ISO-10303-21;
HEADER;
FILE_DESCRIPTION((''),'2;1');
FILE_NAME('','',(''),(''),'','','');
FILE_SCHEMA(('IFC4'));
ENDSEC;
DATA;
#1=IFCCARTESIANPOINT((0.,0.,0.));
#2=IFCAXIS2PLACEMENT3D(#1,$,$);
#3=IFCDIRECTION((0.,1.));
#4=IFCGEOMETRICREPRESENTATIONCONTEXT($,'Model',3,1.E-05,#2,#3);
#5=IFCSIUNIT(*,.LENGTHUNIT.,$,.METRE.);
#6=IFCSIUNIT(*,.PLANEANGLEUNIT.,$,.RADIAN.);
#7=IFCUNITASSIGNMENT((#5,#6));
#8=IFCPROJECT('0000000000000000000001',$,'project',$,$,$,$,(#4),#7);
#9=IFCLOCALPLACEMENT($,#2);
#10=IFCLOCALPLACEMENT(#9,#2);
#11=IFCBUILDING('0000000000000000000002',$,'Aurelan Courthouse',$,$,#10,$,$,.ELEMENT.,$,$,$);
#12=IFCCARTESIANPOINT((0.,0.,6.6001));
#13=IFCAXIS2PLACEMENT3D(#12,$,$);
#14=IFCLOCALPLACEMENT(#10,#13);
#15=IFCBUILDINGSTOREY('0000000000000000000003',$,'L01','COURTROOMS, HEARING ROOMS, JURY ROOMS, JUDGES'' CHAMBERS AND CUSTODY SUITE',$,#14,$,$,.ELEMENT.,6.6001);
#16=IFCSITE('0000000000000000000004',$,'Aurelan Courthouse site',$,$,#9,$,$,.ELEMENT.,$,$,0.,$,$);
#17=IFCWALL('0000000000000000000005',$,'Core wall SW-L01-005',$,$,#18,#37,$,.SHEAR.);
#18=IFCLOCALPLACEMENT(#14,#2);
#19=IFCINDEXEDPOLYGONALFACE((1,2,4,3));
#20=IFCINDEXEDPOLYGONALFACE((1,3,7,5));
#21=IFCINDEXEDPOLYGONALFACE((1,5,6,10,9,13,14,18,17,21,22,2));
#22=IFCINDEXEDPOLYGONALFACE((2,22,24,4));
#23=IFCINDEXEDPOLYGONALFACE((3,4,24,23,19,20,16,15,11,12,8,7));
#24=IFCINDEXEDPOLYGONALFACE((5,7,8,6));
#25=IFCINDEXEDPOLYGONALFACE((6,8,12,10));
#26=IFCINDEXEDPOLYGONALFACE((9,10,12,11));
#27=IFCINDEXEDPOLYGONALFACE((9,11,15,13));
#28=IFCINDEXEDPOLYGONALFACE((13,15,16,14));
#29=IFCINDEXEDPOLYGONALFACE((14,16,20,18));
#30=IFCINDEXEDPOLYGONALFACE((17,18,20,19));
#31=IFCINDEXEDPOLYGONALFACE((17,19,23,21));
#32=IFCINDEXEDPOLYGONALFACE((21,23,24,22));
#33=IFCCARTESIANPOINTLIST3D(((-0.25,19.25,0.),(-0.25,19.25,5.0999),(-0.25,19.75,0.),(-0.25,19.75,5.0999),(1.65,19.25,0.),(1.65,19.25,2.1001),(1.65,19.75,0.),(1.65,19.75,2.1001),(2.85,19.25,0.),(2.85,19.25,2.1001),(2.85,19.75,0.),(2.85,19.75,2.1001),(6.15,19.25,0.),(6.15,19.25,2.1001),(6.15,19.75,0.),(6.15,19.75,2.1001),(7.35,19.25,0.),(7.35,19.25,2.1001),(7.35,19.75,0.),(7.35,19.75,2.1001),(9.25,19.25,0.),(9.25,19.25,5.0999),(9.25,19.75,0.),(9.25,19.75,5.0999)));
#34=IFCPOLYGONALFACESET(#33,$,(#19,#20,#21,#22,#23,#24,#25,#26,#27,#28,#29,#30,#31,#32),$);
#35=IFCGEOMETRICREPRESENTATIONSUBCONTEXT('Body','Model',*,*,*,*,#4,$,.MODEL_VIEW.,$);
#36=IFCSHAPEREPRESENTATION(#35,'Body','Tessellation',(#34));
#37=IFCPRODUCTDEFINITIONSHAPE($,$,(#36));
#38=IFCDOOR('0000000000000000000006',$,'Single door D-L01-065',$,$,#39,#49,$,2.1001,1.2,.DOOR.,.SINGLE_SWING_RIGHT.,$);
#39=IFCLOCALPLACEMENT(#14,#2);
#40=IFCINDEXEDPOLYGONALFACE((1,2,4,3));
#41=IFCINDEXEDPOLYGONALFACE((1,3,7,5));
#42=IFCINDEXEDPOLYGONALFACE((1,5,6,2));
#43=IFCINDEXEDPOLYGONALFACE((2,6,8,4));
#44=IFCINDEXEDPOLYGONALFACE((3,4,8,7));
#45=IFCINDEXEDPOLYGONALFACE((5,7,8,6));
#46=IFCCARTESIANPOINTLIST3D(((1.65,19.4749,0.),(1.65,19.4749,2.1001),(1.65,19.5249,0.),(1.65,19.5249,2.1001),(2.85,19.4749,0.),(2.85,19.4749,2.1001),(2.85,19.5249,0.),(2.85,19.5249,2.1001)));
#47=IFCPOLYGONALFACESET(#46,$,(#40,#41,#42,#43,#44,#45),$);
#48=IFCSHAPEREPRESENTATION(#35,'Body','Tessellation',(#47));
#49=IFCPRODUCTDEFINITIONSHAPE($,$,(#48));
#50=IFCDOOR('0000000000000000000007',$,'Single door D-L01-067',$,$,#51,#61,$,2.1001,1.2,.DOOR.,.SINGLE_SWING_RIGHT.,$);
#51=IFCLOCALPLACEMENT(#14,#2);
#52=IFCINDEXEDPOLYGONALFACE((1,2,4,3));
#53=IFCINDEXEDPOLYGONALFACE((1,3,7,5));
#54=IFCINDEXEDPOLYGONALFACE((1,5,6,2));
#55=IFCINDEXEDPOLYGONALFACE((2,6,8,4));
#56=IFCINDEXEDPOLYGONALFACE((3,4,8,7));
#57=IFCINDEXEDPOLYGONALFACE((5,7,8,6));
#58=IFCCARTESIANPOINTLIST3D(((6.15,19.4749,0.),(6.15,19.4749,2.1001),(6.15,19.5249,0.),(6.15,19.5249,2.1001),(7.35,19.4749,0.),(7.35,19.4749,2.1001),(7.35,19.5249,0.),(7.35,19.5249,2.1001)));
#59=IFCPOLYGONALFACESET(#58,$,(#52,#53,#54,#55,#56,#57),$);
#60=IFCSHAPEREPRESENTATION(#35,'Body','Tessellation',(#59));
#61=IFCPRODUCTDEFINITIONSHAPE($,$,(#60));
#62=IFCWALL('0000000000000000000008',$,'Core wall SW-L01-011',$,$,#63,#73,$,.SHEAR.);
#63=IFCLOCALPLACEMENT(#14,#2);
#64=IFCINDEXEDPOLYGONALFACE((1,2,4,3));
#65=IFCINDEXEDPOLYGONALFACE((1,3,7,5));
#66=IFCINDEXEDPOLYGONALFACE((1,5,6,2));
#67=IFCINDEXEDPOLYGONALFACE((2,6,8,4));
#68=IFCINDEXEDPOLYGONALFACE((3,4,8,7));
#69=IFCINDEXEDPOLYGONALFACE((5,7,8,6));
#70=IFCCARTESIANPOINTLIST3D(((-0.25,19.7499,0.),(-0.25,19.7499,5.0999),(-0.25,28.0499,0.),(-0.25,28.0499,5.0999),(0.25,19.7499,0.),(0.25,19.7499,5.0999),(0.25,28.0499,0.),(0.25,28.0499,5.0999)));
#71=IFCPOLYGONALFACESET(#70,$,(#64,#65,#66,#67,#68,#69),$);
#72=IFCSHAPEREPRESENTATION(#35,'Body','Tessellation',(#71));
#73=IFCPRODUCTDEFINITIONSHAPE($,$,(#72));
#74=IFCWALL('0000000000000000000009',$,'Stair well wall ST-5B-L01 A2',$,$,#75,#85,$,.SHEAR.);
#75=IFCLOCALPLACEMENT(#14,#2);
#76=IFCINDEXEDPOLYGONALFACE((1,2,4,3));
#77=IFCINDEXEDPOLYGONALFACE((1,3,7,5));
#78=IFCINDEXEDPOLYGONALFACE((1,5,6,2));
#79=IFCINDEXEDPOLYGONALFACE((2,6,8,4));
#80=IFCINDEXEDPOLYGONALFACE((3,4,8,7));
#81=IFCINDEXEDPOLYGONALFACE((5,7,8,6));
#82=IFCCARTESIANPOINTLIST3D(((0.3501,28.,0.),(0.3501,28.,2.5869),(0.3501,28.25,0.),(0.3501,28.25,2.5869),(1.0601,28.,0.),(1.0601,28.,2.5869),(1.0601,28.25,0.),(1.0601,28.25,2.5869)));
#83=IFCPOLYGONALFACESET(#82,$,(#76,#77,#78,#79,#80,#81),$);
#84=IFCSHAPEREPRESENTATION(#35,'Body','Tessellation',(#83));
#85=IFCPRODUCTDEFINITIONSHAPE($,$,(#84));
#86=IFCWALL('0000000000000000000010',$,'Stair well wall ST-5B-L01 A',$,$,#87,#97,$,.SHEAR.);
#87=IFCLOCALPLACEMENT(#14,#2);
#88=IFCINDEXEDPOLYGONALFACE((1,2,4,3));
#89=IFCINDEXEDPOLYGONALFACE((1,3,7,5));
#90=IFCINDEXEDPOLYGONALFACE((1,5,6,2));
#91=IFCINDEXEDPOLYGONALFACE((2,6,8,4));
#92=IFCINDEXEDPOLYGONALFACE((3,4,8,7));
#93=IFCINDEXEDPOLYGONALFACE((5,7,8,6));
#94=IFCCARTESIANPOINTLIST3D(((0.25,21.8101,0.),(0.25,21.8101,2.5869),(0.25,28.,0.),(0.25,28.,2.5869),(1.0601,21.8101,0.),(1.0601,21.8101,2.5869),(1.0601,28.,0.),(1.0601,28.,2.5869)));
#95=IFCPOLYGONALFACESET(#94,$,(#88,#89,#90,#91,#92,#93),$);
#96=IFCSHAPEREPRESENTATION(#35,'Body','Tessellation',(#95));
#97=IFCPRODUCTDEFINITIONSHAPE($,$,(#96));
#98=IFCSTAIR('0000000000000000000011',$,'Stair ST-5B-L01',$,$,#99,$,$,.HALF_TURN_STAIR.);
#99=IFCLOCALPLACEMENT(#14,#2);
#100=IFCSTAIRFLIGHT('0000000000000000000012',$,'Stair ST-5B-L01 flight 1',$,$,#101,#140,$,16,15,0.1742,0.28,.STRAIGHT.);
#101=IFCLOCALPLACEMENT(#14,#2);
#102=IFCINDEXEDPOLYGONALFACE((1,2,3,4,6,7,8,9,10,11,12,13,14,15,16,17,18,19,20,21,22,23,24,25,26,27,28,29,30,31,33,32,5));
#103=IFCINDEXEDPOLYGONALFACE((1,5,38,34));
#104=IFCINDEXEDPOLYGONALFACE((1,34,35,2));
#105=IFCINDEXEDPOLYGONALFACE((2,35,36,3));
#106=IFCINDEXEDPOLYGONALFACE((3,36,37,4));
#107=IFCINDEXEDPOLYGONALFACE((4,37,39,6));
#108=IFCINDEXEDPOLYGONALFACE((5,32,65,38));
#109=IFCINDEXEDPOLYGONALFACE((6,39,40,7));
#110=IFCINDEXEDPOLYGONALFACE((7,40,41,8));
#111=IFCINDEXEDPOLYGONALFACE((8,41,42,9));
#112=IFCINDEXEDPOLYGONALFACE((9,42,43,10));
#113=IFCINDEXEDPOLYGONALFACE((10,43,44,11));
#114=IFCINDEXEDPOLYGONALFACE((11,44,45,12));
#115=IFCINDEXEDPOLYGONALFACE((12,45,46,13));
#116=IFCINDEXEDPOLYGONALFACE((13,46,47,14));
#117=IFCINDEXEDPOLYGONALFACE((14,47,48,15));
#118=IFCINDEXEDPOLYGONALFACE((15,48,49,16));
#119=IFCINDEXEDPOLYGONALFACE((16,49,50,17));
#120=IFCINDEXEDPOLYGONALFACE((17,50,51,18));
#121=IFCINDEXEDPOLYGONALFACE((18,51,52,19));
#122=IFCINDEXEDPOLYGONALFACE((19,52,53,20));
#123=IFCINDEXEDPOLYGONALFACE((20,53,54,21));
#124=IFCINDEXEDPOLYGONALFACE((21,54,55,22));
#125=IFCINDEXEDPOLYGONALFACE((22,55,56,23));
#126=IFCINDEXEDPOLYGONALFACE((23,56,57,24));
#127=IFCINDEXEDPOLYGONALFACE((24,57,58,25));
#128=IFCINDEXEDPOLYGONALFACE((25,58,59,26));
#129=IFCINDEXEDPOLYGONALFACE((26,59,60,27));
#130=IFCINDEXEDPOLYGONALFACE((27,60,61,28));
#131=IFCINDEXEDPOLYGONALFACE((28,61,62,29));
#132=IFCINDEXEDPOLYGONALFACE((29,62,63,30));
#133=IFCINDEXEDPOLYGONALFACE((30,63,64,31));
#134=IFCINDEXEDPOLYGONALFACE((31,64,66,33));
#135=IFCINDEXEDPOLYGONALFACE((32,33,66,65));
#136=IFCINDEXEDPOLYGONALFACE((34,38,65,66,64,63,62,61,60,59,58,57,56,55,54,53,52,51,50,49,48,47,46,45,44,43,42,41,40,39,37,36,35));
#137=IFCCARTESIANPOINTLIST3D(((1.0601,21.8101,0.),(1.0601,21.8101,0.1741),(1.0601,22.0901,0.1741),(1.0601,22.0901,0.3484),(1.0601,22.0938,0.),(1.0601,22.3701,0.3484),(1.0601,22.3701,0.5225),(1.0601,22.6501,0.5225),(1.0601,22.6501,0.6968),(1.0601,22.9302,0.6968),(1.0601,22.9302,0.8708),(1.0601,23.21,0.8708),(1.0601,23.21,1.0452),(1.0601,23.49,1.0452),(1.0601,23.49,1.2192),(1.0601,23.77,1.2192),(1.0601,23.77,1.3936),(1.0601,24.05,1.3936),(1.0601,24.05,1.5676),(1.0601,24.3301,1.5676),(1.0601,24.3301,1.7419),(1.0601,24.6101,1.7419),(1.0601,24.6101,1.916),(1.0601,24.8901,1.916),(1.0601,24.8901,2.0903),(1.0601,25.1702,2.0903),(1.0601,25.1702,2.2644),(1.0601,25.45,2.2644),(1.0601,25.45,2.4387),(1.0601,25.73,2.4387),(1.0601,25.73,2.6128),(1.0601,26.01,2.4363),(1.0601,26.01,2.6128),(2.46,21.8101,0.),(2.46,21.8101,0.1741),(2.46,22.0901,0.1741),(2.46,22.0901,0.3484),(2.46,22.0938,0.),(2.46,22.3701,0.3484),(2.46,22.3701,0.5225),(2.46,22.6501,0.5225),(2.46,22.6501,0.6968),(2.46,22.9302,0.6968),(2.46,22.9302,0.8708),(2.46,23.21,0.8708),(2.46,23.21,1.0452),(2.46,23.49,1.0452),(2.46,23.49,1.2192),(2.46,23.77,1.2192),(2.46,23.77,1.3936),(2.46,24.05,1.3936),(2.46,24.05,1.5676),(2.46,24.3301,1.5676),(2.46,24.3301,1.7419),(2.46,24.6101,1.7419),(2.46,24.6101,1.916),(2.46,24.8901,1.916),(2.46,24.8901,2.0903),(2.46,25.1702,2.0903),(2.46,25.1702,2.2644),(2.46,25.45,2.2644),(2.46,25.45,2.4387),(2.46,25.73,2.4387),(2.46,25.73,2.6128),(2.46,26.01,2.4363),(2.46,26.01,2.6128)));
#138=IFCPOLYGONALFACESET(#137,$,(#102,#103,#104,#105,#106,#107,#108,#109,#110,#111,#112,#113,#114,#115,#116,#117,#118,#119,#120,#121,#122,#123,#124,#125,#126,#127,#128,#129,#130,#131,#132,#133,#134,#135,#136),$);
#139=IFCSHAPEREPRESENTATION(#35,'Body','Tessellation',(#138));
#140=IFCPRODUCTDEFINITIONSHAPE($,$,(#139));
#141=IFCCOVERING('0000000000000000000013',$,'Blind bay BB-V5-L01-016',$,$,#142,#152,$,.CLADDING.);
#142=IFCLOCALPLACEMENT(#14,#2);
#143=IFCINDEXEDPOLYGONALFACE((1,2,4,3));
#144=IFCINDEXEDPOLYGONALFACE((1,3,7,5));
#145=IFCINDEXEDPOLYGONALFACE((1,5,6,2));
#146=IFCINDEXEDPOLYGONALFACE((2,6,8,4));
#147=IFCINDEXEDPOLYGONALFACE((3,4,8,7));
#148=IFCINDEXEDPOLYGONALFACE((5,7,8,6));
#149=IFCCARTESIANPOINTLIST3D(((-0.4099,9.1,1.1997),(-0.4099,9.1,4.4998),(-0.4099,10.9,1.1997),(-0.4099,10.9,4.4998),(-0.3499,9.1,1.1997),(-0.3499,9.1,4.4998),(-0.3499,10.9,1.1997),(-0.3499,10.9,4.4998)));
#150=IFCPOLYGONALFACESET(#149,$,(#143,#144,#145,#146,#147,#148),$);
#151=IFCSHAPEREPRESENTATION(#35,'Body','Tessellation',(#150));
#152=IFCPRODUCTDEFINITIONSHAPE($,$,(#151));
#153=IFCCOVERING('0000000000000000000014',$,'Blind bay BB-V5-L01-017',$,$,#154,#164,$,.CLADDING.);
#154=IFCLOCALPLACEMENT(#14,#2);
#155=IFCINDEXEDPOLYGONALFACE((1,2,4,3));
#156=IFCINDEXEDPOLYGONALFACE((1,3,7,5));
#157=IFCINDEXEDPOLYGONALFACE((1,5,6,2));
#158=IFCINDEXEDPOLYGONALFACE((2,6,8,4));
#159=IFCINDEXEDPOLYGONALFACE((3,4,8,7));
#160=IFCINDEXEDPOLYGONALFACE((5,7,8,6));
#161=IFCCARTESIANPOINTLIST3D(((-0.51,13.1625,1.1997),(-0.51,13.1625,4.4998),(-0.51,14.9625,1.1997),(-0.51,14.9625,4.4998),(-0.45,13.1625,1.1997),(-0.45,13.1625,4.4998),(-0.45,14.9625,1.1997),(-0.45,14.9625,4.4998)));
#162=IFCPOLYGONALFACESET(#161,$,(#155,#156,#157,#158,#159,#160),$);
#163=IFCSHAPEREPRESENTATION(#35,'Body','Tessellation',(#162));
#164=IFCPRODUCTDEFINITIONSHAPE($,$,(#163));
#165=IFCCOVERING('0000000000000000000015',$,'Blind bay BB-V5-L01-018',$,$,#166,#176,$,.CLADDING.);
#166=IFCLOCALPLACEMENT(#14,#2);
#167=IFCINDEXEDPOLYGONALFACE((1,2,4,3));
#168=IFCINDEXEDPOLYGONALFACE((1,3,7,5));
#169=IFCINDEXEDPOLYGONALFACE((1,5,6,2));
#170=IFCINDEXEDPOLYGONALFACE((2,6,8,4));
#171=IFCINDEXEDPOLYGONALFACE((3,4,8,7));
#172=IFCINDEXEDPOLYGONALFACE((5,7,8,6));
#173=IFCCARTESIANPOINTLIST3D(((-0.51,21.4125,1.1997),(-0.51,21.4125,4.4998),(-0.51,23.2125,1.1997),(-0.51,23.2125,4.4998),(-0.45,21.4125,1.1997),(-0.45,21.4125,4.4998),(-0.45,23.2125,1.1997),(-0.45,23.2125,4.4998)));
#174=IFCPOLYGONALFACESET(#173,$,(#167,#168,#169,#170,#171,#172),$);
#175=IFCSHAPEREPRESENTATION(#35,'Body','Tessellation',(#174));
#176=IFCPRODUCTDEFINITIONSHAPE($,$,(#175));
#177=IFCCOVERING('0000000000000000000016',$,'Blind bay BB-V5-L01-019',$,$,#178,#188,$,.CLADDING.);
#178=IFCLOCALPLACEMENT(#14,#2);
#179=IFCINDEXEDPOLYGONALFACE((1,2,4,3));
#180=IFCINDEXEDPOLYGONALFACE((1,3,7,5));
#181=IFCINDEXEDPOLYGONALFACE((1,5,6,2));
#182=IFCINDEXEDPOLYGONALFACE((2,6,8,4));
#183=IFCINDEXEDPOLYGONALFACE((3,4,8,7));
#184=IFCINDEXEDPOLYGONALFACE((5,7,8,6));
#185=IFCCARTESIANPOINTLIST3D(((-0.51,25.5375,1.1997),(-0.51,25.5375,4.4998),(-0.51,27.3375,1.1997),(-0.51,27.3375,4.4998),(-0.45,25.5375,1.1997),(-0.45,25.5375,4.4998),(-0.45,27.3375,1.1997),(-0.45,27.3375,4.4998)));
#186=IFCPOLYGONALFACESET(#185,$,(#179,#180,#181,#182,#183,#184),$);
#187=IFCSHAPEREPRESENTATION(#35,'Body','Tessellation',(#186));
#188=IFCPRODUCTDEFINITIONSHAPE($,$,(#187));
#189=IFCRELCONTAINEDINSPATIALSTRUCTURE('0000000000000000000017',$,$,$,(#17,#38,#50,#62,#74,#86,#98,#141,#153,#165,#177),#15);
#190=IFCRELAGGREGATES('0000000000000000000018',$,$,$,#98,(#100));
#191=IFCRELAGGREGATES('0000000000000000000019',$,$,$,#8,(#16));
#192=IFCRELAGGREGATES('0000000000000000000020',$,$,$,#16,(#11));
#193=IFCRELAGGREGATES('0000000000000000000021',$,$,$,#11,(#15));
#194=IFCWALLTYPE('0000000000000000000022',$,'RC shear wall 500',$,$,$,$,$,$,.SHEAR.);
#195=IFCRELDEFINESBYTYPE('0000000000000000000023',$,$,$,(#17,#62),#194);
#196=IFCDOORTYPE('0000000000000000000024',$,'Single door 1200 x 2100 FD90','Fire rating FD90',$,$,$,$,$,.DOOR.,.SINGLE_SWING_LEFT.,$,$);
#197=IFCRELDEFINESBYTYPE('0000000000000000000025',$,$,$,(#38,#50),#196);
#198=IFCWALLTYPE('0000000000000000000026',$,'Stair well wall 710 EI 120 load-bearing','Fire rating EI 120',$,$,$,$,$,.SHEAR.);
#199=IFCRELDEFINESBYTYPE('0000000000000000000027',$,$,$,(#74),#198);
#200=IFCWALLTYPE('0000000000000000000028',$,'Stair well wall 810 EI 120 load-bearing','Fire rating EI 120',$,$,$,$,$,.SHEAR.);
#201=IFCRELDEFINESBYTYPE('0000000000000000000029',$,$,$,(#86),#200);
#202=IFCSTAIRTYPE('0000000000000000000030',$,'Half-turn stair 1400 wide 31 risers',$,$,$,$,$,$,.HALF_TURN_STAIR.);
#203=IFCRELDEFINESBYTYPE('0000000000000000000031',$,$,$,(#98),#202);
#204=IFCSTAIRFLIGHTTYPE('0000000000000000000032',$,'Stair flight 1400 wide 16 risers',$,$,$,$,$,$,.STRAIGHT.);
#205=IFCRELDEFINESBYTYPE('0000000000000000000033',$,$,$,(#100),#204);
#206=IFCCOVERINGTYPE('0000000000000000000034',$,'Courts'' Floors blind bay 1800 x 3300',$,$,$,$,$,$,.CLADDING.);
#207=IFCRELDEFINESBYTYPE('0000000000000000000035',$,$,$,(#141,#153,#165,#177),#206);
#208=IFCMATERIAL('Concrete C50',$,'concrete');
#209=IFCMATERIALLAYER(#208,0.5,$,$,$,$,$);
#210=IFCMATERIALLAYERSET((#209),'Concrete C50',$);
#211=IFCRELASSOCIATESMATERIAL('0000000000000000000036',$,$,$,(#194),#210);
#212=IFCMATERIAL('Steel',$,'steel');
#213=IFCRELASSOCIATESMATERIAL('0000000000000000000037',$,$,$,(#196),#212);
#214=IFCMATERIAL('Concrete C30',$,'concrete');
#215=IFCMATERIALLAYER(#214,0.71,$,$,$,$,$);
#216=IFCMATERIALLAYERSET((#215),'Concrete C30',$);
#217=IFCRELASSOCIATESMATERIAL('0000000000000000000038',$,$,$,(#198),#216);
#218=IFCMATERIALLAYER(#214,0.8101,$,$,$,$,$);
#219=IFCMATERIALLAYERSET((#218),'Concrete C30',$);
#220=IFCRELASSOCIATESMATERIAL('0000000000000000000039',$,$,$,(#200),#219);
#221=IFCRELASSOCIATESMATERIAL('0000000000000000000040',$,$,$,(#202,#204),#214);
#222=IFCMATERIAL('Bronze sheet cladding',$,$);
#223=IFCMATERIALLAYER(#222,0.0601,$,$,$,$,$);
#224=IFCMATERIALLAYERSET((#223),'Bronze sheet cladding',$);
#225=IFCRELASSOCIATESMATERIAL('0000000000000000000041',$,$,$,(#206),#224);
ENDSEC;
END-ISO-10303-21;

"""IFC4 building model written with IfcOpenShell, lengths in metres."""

from ifc_helpers import new_model, si_unit, direction, frame, frame_2d, origin, origin_2d, place, context, subcontext, project, spatial, polyline, rectangle, outline, extrude, material, layer, layer_set, type_object, element, fill, aggregate, save


model = new_model("IFC4")

# Units and contexts
model_context = context("Model", 3, precision=1e-05, world=origin(), true_north=direction((0.0, 1.0)))
body_context = subcontext(model_context, "Body", "Model", "MODEL_VIEW")
ifc_project = project(units=[si_unit("LENGTHUNIT", "METRE"), si_unit("PLANEANGLEUNIT", "RADIAN")], contexts=[model_context])

# Site, building, storey
site_placement = place(None, origin())
site = spatial("IfcSite", under=ifc_project, at=site_placement, Name="Aurelan Courthouse site", CompositionType="ELEMENT", RefElevation=0.0)
building_placement = place(site_placement, origin())
building = spatial("IfcBuilding", under=site, at=building_placement, Name="Aurelan Courthouse", CompositionType="ELEMENT")
storey_placement = place(building_placement, frame((0.0, 0.0, 6.6001)))
storey = spatial("IfcBuildingStorey", under=building, at=storey_placement, Name="L01", Description="COURTROOMS, HEARING ROOMS, JURY ROOMS, JUDGES' CHAMBERS AND CUSTODY SUITE", CompositionType="ELEMENT", Elevation=6.6001)

# Shared definitions
ifc_material_1 = material(Name="Concrete C50", Category="concrete")

# Shared definitions
ifc_material_2 = material(Name="Steel", Category="steel")

# Shared definitions
ifc_material_3 = material(Name="Concrete C30", Category="concrete")

# Wall, openings, doors
ifc_layer_1 = layer(ifc_material_1, 0.5)
ifc_layer_set_1 = layer_set([ifc_layer_1], Name="Concrete C50")
wall_type_1 = type_object("IfcWallType", Name="RC shear wall 500", PredefinedType="SHEAR", material=ifc_layer_set_1)
wall_1_placement = place(storey_placement, frame((-0.25, 19.5, 0.0), z_axis=(0.0, 0.0, 1.0), x_axis=(1.0, 0.0, 0.0)))
wall_1 = element("IfcWall", 1, at=wall_1_placement, inside=storey, type_object=wall_type_1, Name="Core wall SW-L01-005", PredefinedType="SHEAR", context=body_context, shape_type="SweptSolid", body=[
    extrude(rectangle(XDim=9.5, YDim=0.5, at=frame_2d((4.75, 0.0))), origin(), (0.0, 0.0, 1.0), 5.0999),
])
opening_1_placement = place(wall_1_placement, frame((1.8999, 0.0, 0.0)))
opening_1 = element("IfcOpeningElement", 2, at=opening_1_placement, cuts=wall_1, PredefinedType="OPENING", context=body_context, shape_type="SweptSolid", body=[
    extrude(rectangle(XDim=1.2, YDim=2.1001, at=frame_2d((0.6001, 1.05))), frame((0.0, 0.26, 0.0), z_axis=(0.0, -1.0, 0.0), x_axis=(1.0, 0.0, 0.0)), (0.0, 0.0, 1.0), 0.52),
])
opening_2_placement = place(wall_1_placement, frame((6.3999, 0.0, 0.0)))
opening_2 = element("IfcOpeningElement", 3, at=opening_2_placement, cuts=wall_1, PredefinedType="OPENING", context=body_context, shape_type="SweptSolid", body=[
    extrude(rectangle(XDim=1.2, YDim=2.1001, at=frame_2d((0.6001, 1.05))), frame((0.0, 0.26, 0.0), z_axis=(0.0, -1.0, 0.0), x_axis=(1.0, 0.0, 0.0)), (0.0, 0.0, 1.0), 0.52),
])
door_type_1 = type_object("IfcDoorType", Name="Single door 1200 x 2100 FD90", Description="Fire rating FD90", OperationType="SINGLE_SWING_LEFT", PredefinedType="DOOR", material=ifc_material_2)
door_1_placement = place(opening_1_placement, origin())
door_1 = element("IfcDoor", 4, at=door_1_placement, inside=storey, type_object=door_type_1, Name="Single door D-L01-065", OperationType="SINGLE_SWING_RIGHT", OverallHeight=2.1001, OverallWidth=1.2, PredefinedType="DOOR", context=body_context, shape_type="SweptSolid", body=[
    extrude(rectangle(XDim=1.2, YDim=2.1001, at=frame_2d((0.6001, 1.05))), frame((0.0, 0.0249, 0.0), z_axis=(0.0, -1.0, 0.0), x_axis=(1.0, 0.0, 0.0)), (0.0, 0.0, 1.0), 0.05),
])
fill(opening_1, door_1)
door_2_placement = place(opening_2_placement, origin())
door_2 = element("IfcDoor", 5, at=door_2_placement, inside=storey, type_object=door_type_1, Name="Single door D-L01-067", OperationType="SINGLE_SWING_RIGHT", OverallHeight=2.1001, OverallWidth=1.2, PredefinedType="DOOR", context=body_context, shape_type="SweptSolid", body=[
    extrude(rectangle(XDim=1.2, YDim=2.1001, at=frame_2d((0.6001, 1.05))), frame((0.0, 0.0249, 0.0), z_axis=(0.0, -1.0, 0.0), x_axis=(1.0, 0.0, 0.0)), (0.0, 0.0, 1.0), 0.05),
])
fill(opening_2, door_2)

# Walls
wall_2_placement = place(storey_placement, frame((0.0, 19.75, 0.0), z_axis=(0.0, 0.0, 1.0), x_axis=(0.0, 1.0, 0.0)))
element("IfcWall", 6, at=wall_2_placement, inside=storey, type_object=wall_type_1, Name="Core wall SW-L01-011", PredefinedType="SHEAR", context=body_context, shape_type="SweptSolid", body=[
    extrude(rectangle(XDim=8.3, YDim=0.5, at=frame_2d((4.1499, 0.0))), origin(), (0.0, 0.0, 1.0), 5.0999),
])
ifc_layer_2 = layer(ifc_material_3, 0.71)
ifc_layer_set_2 = layer_set([ifc_layer_2], Name="Concrete C30")
wall_type_2 = type_object("IfcWallType", Name="Stair well wall 710 EI 120 load-bearing", Description="Fire rating EI 120", PredefinedType="SHEAR", material=ifc_layer_set_2)
wall_3_placement = place(storey_placement, frame((0.7051, 28.0, 0.0), z_axis=(0.0, 0.0, 1.0), x_axis=(0.0, 1.0, 0.0)))
element("IfcWall", 7, at=wall_3_placement, inside=storey, type_object=wall_type_2, Name="Stair well wall ST-5B-L01 A2", PredefinedType="SHEAR", context=body_context, shape_type="SweptSolid", body=[
    extrude(rectangle(XDim=0.25, YDim=0.71, at=frame_2d((0.125, 0.0))), origin(), (0.0, 0.0, 1.0), 2.5869),
])
ifc_layer_3 = layer(ifc_material_3, 0.8101)
ifc_layer_set_3 = layer_set([ifc_layer_3], Name="Concrete C30")
wall_type_3 = type_object("IfcWallType", Name="Stair well wall 810 EI 120 load-bearing", Description="Fire rating EI 120", PredefinedType="SHEAR", material=ifc_layer_set_3)
wall_4_placement = place(storey_placement, frame((0.655, 21.8101, 0.0), z_axis=(0.0, 0.0, 1.0), x_axis=(0.0, 1.0, 0.0)))
element("IfcWall", 8, at=wall_4_placement, inside=storey, type_object=wall_type_3, Name="Stair well wall ST-5B-L01 A", PredefinedType="SHEAR", context=body_context, shape_type="SweptSolid", body=[
    extrude(rectangle(XDim=6.1899, YDim=0.8101, at=frame_2d((3.095, 0.0))), origin(), (0.0, 0.0, 1.0), 2.5869),
])

# Stair, stair flight
stair_type = type_object("IfcStairType", Name="Half-turn stair 1400 wide 31 risers", PredefinedType="HALF_TURN_STAIR", material=ifc_material_3)
stair_placement = place(storey_placement, origin())
stair = element("IfcStair", 9, at=stair_placement, inside=storey, type_object=stair_type, Name="Stair ST-5B-L01", PredefinedType="HALF_TURN_STAIR")
stair_flight_type = type_object("IfcStairFlightType", Name="Stair flight 1400 wide 16 risers", PredefinedType="STRAIGHT", material=ifc_material_3)
stair_flight_placement = place(storey_placement, frame((1.76, 21.8101, 0.0), z_axis=(0.0, 0.0, 1.0), x_axis=(0.0, 1.0, 0.0)))
stair_flight = element("IfcStairFlight", 10, at=stair_flight_placement, type_object=stair_flight_type, Name="Stair ST-5B-L01 flight 1", NumberOfRisers=16, NumberOfTreads=15, PredefinedType="STRAIGHT", RiserHeight=0.1742, TreadLength=0.28, context=body_context, shape_type="SweptSolid", body=[
    extrude(outline(polyline([(0.0, 0.0), (0.0, 0.1741), (0.28, 0.1741), (0.28, 0.3484), (0.5601, 0.3484), (0.5601, 0.5225), (0.8401, 0.5225), (0.8401, 0.6968), (1.1201, 0.6968), (1.1201, 0.8708), (1.3999, 0.8708), (1.3999, 1.0452), (1.6799, 1.0452), (1.6799, 1.2192), (1.96, 1.2192), (1.96, 1.3936), (2.24, 1.3936), (2.24, 1.5676), (2.52, 1.5676), (2.52, 1.7419), (2.8, 1.7419), (2.8, 1.916), (3.0801, 1.916), (3.0801, 2.0903), (3.3601, 2.0903), (3.3601, 2.2644), (3.6399, 2.2644), (3.6399, 2.4387), (3.9199, 2.4387), (3.9199, 2.6128), (4.2, 2.6128), (4.2, 2.7871), (4.2, 2.4363), (0.2837, 0.0), (0.0, 0.0)])), frame((0.0, 0.7, 0.0), z_axis=(0.0, -1.0, 0.0), x_axis=(1.0, 0.0, 0.0)), (0.0, 0.0, 1.0), 1.3999),
])
aggregate(stair, [stair_flight])

# Coverings
ifc_material_4 = material(Name="Bronze sheet cladding")
ifc_layer_4 = layer(ifc_material_4, 0.0601)
ifc_layer_set_4 = layer_set([ifc_layer_4], Name="Bronze sheet cladding")
covering_type = type_object("IfcCoveringType", Name="Courts' Floors blind bay 1800 x 3300", PredefinedType="CLADDING", material=ifc_layer_set_4)
for number, where, z_axis, x_axis, name in (
    (11, (-0.3799, 10.0, 1.1997), (0.0, 0.0, 1.0), (1.0, 0.0, 0.0), "Blind bay BB-V5-L01-016"),
    (12, (-0.48, 14.0625, 1.1997), (0.0, 0.0, 1.0), (1.0, 0.0, 0.0), "Blind bay BB-V5-L01-017"),
    (13, (-0.48, 22.3125, 1.1997), (0.0, 0.0, 1.0), (1.0, 0.0, 0.0), "Blind bay BB-V5-L01-018"),
    (14, (-0.48, 26.4375, 1.1997), (0.0, 0.0, 1.0), (1.0, 0.0, 0.0), "Blind bay BB-V5-L01-019"),
):
    element("IfcCovering", number, at=place(storey_placement, frame(where, z_axis=z_axis, x_axis=x_axis)), inside=storey, type_object=covering_type, Name=name, PredefinedType="CLADDING", context=body_context, shape_type="SweptSolid", body=[
        extrude(rectangle(XDim=0.0601, YDim=1.8, at=origin_2d()), origin(), (0.0, 0.0, 1.0), 3.3),
    ])

save(model, "model.ifc")
